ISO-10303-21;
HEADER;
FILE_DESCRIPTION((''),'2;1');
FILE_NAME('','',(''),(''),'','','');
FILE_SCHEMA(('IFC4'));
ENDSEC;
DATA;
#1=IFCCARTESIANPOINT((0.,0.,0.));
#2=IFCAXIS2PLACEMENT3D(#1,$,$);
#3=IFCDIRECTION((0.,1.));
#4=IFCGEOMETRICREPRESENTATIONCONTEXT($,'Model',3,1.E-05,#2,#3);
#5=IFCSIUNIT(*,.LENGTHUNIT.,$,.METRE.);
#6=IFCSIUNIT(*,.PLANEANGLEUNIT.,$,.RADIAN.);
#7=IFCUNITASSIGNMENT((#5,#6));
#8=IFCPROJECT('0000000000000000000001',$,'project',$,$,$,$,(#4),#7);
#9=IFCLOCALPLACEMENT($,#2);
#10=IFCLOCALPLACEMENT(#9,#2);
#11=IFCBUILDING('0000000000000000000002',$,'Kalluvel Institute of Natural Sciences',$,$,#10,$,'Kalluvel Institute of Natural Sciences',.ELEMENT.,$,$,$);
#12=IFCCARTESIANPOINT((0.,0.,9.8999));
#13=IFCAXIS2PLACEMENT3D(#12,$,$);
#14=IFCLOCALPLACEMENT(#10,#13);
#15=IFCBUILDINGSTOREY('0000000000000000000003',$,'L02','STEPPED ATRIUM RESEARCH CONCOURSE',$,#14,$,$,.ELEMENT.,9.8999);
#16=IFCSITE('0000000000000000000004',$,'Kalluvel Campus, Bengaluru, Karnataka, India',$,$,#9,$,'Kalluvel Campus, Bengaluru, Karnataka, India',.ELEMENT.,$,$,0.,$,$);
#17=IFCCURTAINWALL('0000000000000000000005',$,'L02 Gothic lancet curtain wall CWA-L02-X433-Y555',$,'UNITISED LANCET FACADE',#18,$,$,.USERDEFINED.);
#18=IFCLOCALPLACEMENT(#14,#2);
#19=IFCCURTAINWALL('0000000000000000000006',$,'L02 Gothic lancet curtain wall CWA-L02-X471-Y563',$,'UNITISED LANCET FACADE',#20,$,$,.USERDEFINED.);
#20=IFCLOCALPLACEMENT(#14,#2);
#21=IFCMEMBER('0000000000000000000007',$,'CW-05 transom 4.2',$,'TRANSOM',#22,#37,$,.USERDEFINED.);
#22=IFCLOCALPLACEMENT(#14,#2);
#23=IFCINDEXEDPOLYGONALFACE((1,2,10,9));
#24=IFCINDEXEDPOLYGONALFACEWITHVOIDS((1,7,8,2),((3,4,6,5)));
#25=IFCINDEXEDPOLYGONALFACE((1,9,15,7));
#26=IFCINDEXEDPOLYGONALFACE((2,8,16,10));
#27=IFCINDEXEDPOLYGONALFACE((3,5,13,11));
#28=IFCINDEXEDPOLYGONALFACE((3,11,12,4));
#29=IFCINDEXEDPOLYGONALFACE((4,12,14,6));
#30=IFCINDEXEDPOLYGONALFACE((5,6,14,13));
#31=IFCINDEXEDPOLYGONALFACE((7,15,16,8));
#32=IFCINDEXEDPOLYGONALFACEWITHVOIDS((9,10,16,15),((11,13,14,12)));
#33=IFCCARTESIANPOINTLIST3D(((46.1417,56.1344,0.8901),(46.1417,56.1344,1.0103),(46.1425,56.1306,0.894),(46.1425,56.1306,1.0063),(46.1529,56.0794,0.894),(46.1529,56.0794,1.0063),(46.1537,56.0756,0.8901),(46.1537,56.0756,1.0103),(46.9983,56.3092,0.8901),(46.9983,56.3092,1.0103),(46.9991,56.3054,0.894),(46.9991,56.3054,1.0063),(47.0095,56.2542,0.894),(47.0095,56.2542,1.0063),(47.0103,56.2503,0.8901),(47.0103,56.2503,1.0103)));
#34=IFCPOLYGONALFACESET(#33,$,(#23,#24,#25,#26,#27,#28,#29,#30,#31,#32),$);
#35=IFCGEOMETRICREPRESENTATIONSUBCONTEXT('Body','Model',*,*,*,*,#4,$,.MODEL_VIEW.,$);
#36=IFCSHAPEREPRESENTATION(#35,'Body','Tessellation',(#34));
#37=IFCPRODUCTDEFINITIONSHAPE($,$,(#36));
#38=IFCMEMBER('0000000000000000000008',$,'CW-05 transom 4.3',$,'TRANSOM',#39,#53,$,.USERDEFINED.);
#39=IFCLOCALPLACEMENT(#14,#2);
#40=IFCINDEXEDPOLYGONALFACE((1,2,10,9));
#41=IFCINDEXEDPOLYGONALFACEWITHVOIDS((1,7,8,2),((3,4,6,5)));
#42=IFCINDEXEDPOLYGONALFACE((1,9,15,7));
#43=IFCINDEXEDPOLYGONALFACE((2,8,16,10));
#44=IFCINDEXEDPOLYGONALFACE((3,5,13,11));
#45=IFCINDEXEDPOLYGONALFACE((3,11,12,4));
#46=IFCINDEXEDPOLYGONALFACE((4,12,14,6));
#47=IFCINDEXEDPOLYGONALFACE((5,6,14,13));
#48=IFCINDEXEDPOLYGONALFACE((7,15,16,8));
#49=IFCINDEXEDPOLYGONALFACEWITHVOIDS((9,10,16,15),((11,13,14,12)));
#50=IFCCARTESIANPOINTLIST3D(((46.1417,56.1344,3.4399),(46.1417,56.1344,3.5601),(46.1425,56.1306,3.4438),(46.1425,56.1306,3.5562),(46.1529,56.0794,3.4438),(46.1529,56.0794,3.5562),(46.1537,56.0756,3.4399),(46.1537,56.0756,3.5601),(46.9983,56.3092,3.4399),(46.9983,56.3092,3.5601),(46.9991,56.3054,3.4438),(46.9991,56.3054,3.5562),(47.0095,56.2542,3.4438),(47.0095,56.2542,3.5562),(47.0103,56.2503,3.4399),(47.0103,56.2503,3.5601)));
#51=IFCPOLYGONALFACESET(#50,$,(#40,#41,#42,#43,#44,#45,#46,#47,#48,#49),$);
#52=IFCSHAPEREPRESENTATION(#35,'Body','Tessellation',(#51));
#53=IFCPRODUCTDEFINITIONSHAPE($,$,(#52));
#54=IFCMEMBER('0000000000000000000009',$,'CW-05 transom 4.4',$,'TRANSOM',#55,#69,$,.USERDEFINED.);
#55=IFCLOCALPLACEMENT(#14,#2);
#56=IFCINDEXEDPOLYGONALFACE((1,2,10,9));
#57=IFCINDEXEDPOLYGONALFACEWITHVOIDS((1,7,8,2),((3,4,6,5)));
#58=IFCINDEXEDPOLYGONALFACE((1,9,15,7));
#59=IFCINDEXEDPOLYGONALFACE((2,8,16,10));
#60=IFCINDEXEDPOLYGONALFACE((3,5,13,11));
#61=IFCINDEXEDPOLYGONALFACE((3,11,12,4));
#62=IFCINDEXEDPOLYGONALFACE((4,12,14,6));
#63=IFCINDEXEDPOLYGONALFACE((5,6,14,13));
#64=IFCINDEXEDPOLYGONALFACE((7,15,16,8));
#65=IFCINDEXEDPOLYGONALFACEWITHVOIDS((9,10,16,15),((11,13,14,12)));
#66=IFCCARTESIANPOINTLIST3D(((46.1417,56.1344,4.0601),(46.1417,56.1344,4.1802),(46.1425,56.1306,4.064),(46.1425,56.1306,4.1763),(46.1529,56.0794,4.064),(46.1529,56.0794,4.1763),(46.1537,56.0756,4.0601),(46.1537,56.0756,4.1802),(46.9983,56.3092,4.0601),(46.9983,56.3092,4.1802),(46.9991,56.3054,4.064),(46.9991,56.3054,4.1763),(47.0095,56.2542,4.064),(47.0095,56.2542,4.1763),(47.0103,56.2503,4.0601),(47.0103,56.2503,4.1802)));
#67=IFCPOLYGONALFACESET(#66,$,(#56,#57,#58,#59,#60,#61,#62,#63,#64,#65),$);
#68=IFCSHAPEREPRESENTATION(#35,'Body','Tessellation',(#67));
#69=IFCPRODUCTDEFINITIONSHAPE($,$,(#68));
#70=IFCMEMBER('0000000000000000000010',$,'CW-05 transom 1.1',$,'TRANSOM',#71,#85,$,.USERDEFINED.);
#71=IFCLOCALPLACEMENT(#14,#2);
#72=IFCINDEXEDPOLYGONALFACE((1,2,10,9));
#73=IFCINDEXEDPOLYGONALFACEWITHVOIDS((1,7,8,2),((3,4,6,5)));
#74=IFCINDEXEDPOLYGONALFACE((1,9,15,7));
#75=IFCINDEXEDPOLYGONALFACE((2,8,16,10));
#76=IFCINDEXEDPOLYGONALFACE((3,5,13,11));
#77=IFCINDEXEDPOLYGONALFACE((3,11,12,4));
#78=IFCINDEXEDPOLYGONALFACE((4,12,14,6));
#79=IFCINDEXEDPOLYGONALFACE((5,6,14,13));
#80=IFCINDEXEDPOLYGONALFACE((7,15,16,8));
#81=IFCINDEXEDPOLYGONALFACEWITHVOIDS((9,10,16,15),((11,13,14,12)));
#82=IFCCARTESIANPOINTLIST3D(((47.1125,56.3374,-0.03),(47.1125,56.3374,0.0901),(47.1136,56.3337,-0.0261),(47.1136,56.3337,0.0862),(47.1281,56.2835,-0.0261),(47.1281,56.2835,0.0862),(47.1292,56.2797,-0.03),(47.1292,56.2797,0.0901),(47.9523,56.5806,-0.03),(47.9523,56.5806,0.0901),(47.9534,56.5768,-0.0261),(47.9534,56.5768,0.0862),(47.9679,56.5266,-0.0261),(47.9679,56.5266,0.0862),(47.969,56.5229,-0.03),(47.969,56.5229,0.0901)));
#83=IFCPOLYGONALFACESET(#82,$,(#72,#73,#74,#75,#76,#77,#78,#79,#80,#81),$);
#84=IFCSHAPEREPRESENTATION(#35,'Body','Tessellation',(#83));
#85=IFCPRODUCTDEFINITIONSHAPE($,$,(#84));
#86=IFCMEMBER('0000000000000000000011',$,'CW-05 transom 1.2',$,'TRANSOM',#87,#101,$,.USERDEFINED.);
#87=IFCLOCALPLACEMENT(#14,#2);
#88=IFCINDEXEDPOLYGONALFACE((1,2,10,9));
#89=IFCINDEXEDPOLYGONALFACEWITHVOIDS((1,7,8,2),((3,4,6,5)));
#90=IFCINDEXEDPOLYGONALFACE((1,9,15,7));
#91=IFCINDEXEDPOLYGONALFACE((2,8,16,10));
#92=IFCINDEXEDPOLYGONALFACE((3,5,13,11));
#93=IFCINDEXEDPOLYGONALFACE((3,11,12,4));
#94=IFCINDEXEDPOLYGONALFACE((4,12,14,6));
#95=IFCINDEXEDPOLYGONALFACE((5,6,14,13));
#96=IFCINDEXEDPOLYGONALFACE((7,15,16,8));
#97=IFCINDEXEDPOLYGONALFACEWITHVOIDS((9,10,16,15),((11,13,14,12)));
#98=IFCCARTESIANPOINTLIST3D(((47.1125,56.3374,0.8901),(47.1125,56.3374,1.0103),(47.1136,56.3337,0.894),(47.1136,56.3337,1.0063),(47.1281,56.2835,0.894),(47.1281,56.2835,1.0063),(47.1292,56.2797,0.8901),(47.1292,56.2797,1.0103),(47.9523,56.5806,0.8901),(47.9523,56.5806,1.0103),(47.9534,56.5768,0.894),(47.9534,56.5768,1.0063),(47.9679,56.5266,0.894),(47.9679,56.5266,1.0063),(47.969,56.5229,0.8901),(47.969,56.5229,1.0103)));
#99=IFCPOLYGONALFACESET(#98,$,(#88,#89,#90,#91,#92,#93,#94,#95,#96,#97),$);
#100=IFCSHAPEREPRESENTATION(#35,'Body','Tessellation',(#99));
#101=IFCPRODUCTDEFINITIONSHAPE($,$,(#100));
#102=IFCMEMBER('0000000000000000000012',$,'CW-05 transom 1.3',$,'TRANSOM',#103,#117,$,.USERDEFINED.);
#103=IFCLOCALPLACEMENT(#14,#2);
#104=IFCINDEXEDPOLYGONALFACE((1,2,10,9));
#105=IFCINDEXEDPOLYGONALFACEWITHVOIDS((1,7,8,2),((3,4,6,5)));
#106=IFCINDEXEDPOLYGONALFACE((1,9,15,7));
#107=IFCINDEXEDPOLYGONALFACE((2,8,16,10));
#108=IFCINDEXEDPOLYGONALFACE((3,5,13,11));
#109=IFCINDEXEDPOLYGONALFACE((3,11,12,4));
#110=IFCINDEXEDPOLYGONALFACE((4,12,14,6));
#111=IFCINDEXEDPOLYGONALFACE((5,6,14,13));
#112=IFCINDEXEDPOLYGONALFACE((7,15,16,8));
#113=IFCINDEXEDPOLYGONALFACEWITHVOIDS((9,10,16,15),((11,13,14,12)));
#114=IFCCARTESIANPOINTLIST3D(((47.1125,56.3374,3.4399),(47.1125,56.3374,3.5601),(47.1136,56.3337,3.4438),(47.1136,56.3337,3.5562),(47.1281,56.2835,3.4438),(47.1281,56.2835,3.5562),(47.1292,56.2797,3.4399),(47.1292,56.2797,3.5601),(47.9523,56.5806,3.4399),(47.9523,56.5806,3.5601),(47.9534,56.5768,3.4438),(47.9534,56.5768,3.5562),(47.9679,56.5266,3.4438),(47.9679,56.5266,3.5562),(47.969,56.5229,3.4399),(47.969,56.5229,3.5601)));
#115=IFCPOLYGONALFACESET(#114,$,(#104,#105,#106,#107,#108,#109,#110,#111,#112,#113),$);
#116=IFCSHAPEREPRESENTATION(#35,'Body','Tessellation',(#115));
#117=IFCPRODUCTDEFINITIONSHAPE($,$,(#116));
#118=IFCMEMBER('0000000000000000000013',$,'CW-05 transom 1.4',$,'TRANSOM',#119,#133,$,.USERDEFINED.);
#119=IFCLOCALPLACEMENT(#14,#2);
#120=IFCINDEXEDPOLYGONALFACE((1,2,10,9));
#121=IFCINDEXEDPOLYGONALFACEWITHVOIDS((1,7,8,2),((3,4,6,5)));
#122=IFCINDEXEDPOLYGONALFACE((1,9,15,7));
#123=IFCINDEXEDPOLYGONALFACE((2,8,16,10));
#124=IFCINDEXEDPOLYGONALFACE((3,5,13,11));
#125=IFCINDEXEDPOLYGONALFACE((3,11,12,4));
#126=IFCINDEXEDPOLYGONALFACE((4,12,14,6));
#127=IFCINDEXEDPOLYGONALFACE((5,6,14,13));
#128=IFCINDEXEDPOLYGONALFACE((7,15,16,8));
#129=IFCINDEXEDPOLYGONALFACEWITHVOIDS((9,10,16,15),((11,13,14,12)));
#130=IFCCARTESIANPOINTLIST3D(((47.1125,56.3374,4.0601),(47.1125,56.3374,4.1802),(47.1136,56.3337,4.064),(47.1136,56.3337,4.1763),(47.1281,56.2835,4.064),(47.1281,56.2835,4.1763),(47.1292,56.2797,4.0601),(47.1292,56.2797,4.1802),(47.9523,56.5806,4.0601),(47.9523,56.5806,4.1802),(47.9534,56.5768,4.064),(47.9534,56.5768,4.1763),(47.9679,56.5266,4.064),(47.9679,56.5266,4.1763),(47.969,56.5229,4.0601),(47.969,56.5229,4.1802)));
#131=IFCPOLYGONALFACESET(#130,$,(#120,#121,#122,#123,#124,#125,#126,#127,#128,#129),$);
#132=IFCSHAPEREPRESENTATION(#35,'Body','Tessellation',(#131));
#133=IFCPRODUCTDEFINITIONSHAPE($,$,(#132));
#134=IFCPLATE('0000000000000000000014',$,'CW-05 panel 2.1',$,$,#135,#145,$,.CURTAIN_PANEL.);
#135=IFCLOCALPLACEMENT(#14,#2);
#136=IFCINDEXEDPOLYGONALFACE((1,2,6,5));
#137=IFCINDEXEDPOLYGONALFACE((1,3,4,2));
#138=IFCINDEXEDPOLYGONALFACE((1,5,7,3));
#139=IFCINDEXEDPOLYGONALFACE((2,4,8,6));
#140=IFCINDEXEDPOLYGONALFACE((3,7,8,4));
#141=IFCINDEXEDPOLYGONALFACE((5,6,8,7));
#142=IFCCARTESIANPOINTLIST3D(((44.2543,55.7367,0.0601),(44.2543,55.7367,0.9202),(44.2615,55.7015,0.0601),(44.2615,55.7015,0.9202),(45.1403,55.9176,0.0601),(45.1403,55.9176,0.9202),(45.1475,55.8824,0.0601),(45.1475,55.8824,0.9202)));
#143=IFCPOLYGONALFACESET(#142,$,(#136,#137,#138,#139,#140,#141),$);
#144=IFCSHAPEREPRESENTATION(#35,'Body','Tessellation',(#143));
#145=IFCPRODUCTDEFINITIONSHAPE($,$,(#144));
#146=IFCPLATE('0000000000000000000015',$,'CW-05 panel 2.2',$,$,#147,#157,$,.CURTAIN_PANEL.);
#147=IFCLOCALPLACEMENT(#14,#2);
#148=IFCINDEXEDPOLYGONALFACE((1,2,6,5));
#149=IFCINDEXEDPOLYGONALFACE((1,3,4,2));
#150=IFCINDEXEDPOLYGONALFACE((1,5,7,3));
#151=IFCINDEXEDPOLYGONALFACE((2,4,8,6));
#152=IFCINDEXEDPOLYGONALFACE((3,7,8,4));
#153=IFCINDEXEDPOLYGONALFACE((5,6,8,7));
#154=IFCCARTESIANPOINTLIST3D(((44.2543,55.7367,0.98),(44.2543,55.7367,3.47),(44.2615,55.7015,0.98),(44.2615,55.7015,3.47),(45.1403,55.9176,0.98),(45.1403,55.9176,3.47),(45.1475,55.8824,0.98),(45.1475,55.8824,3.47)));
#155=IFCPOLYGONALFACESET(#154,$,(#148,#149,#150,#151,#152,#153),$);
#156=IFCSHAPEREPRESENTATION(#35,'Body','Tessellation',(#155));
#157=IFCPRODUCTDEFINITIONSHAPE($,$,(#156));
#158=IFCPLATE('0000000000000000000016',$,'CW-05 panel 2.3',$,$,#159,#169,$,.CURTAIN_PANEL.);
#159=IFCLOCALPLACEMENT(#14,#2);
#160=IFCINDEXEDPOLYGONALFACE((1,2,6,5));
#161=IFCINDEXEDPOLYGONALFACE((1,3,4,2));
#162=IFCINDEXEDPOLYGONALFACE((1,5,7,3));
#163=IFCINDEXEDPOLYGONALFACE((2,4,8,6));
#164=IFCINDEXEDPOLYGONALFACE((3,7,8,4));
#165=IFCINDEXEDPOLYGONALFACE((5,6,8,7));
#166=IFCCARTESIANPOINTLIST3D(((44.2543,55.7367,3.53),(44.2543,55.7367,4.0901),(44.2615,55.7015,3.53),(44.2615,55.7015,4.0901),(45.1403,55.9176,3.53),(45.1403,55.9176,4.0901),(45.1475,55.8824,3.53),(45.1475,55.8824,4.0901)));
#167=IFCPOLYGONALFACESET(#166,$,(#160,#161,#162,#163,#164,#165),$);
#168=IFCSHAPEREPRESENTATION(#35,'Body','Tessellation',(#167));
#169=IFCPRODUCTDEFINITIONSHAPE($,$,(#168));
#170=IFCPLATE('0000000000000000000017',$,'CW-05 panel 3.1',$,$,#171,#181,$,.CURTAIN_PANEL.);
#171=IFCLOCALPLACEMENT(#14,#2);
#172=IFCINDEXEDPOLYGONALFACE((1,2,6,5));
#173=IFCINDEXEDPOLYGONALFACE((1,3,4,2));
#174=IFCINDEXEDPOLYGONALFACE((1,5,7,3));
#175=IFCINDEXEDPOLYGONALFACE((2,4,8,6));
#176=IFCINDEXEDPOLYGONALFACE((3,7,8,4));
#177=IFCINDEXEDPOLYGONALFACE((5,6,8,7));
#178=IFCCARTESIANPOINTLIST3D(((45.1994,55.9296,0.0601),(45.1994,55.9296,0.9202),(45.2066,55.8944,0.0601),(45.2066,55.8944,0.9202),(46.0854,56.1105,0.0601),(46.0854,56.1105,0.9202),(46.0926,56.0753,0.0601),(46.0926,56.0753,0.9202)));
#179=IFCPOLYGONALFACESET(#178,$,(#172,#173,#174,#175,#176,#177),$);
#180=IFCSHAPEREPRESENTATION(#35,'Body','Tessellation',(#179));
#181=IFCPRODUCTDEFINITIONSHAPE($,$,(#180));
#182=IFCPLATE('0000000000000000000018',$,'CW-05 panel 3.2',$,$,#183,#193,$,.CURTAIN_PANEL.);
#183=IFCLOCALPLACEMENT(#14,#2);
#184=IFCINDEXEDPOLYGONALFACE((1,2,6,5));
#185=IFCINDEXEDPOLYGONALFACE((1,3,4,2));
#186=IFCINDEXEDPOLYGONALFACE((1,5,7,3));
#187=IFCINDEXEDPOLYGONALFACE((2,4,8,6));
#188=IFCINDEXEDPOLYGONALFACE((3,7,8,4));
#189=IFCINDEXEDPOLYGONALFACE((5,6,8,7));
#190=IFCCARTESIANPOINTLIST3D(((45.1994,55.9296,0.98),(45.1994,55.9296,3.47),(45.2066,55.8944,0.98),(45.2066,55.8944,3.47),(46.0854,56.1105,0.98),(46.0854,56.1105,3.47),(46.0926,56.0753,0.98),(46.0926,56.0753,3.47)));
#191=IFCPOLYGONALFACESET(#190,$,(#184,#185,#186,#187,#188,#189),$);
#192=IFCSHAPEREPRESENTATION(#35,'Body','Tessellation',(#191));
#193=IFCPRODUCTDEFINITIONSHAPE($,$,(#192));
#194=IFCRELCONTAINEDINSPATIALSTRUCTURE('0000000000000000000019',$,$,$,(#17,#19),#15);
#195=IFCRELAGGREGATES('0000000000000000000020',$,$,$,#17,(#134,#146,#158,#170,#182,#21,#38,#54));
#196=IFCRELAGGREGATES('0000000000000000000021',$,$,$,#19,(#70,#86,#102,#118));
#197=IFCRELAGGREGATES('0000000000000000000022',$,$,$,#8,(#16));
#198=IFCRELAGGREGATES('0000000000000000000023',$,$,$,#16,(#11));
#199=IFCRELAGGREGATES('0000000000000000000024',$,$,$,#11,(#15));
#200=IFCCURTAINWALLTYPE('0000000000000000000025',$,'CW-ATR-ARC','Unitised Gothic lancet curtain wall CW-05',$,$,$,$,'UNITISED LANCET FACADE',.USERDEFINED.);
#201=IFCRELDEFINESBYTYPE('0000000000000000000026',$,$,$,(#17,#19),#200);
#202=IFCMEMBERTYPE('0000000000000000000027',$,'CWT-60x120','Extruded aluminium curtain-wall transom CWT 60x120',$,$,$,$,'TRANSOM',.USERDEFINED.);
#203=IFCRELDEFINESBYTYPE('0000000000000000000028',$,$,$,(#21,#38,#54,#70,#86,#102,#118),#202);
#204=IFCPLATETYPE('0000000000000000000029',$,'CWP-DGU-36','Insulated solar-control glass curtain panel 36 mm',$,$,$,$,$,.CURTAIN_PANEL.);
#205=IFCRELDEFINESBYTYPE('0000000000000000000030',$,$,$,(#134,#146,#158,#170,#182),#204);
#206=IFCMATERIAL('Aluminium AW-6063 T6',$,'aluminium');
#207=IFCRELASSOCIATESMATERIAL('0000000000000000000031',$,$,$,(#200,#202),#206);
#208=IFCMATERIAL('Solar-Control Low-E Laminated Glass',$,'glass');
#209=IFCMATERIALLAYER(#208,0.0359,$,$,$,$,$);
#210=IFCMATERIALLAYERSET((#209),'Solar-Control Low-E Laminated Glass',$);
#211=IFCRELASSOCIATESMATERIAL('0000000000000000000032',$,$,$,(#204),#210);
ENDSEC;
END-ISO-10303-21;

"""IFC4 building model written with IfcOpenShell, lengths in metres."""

from ifc_helpers import new_model, si_unit, direction, frame, origin, origin_2d, place, context, subcontext, project, spatial, rectangle, hollow_rectangle, extrude, material, layer, layer_set, material_profile, profile_set, type_object, element, aggregate, save


model = new_model("IFC4")

# Units and contexts
model_context = context("Model", 3, precision=1e-05, world=origin(), true_north=direction((0.0, 1.0)))
body_context = subcontext(model_context, "Body", "Model", "MODEL_VIEW")
ifc_project = project(units=[si_unit("LENGTHUNIT", "METRE"), si_unit("PLANEANGLEUNIT", "RADIAN")], contexts=[model_context])

# Site, building, storey
site_placement = place(None, origin())
site = spatial("IfcSite", under=ifc_project, at=site_placement, Name="Kalluvel Campus, Bengaluru, Karnataka, India", LongName="Kalluvel Campus, Bengaluru, Karnataka, India", CompositionType="ELEMENT", RefElevation=0.0)
building_placement = place(site_placement, origin())
building = spatial("IfcBuilding", under=site, at=building_placement, Name="Kalluvel Institute of Natural Sciences", LongName="Kalluvel Institute of Natural Sciences", CompositionType="ELEMENT")
storey_placement = place(building_placement, frame((0.0, 0.0, 9.8999)))
storey = spatial("IfcBuildingStorey", under=building, at=storey_placement, Name="L02", Description="STEPPED ATRIUM RESEARCH CONCOURSE", CompositionType="ELEMENT", Elevation=9.8999)

# Curtain wall
ifc_material_1 = material(Name="Aluminium AW-6063 T6", Category="aluminium")
curtain_wall_type = type_object("IfcCurtainWallType", Name="CW-ATR-ARC", Description="Unitised Gothic lancet curtain wall CW-05", ElementType="UNITISED LANCET FACADE", PredefinedType="USERDEFINED", material=ifc_material_1)
curtain_wall_1_placement = place(storey_placement, origin())
curtain_wall_1 = element("IfcCurtainWall", 1, at=curtain_wall_1_placement, inside=storey, type_object=curtain_wall_type, Name="L02 Gothic lancet curtain wall CWA-L02-X433-Y555", ObjectType="UNITISED LANCET FACADE", PredefinedType="USERDEFINED")

# Curtain wall
curtain_wall_2_placement = place(storey_placement, origin())
curtain_wall_2 = element("IfcCurtainWall", 2, at=curtain_wall_2_placement, inside=storey, type_object=curtain_wall_type, Name="L02 Gothic lancet curtain wall CWA-L02-X471-Y563", ObjectType="UNITISED LANCET FACADE", PredefinedType="USERDEFINED")

# Members
ifc_material_profile_1 = material_profile(ifc_material_1, hollow_rectangle(XDim=0.0601, YDim=0.1201, WallThickness=0.0039, at=origin_2d()), Name="CWT 60x120")
ifc_profile_set_1 = profile_set([ifc_material_profile_1], Name="Aluminium AW-6063 T6")
member_type_1 = type_object("IfcMemberType", Name="CWT-60x120", Description="Extruded aluminium curtain-wall transom CWT 60x120", ElementType="TRANSOM", PredefinedType="USERDEFINED", material=ifc_profile_set_1)
member_1_placement = place(storey_placement, frame((46.1477, 56.105, 0.9502), z_axis=(0.979811, 0.199927, 0.0), x_axis=(-0.199927, 0.979811, 0.0)))
member_1 = element("IfcMember", 3, at=member_1_placement, type_object=member_type_1, Name="CW-05 transom 4.2", ObjectType="TRANSOM", PredefinedType="USERDEFINED", context=body_context, shape_type="SweptSolid", body=[
    extrude(hollow_rectangle(XDim=0.0601, YDim=0.1201, WallThickness=0.0039, at=origin_2d()), origin(), (0.0, 0.0, 1.0), 0.8743),
])
member_2_placement = place(storey_placement, frame((46.1477, 56.105, 3.5), z_axis=(0.979811, 0.199927, 0.0), x_axis=(-0.199927, 0.979811, 0.0)))
member_2 = element("IfcMember", 4, at=member_2_placement, type_object=member_type_1, Name="CW-05 transom 4.3", ObjectType="TRANSOM", PredefinedType="USERDEFINED", context=body_context, shape_type="SweptSolid", body=[
    extrude(hollow_rectangle(XDim=0.0601, YDim=0.1201, WallThickness=0.0039, at=origin_2d()), origin(), (0.0, 0.0, 1.0), 0.8743),
])
member_3_placement = place(storey_placement, frame((46.1477, 56.105, 4.1201), z_axis=(0.979811, 0.199927, 0.0), x_axis=(-0.199927, 0.979811, 0.0)))
member_3 = element("IfcMember", 5, at=member_3_placement, type_object=member_type_1, Name="CW-05 transom 4.4", ObjectType="TRANSOM", PredefinedType="USERDEFINED", context=body_context, shape_type="SweptSolid", body=[
    extrude(hollow_rectangle(XDim=0.0601, YDim=0.1201, WallThickness=0.0039, at=origin_2d()), origin(), (0.0, 0.0, 1.0), 0.8743),
])
member_4_placement = place(storey_placement, frame((47.1208, 56.3086, 0.03), z_axis=(0.960549, 0.278112, 0.0), x_axis=(-0.278112, 0.960549, 0.0)))
member_4 = element("IfcMember", 6, at=member_4_placement, type_object=member_type_1, Name="CW-05 transom 1.1", ObjectType="TRANSOM", PredefinedType="USERDEFINED", context=body_context, shape_type="SweptSolid", body=[
    extrude(hollow_rectangle(XDim=0.0601, YDim=0.1201, WallThickness=0.0039, at=origin_2d()), origin(), (0.0, 0.0, 1.0), 0.8743),
])
member_5_placement = place(storey_placement, frame((47.1208, 56.3086, 0.9502), z_axis=(0.960549, 0.278112, 0.0), x_axis=(-0.278112, 0.960549, 0.0)))
member_5 = element("IfcMember", 7, at=member_5_placement, type_object=member_type_1, Name="CW-05 transom 1.2", ObjectType="TRANSOM", PredefinedType="USERDEFINED", context=body_context, shape_type="SweptSolid", body=[
    extrude(hollow_rectangle(XDim=0.0601, YDim=0.1201, WallThickness=0.0039, at=origin_2d()), origin(), (0.0, 0.0, 1.0), 0.8743),
])
member_6_placement = place(storey_placement, frame((47.1208, 56.3086, 3.5), z_axis=(0.960549, 0.278112, 0.0), x_axis=(-0.278112, 0.960549, 0.0)))
member_6 = element("IfcMember", 8, at=member_6_placement, type_object=member_type_1, Name="CW-05 transom 1.3", ObjectType="TRANSOM", PredefinedType="USERDEFINED", context=body_context, shape_type="SweptSolid", body=[
    extrude(hollow_rectangle(XDim=0.0601, YDim=0.1201, WallThickness=0.0039, at=origin_2d()), origin(), (0.0, 0.0, 1.0), 0.8743),
])
member_7_placement = place(storey_placement, frame((47.1208, 56.3086, 4.1201), z_axis=(0.960549, 0.278112, 0.0), x_axis=(-0.278112, 0.960549, 0.0)))
member_7 = element("IfcMember", 9, at=member_7_placement, type_object=member_type_1, Name="CW-05 transom 1.4", ObjectType="TRANSOM", PredefinedType="USERDEFINED", context=body_context, shape_type="SweptSolid", body=[
    extrude(hollow_rectangle(XDim=0.0601, YDim=0.1201, WallThickness=0.0039, at=origin_2d()), origin(), (0.0, 0.0, 1.0), 0.8743),
])

# Plates
ifc_material_2 = material(Name="Solar-Control Low-E Laminated Glass", Category="glass")
ifc_layer = layer(ifc_material_2, 0.0359)
ifc_layer_set = layer_set([ifc_layer], Name="Solar-Control Low-E Laminated Glass")
plate_type = type_object("IfcPlateType", Name="CWP-DGU-36", Description="Insulated solar-control glass curtain panel 36 mm", PredefinedType="CURTAIN_PANEL", material=ifc_layer_set)
plate_1_placement = place(storey_placement, frame((44.7009, 55.8096, 0.0601), z_axis=(0.0, 0.0, 1.0), x_axis=(0.97979, 0.200028, 0.0)))
plate_1 = element("IfcPlate", 10, at=plate_1_placement, type_object=plate_type, Name="CW-05 panel 2.1", PredefinedType="CURTAIN_PANEL", context=body_context, shape_type="SweptSolid", body=[
    extrude(rectangle(XDim=0.9043, YDim=0.0359, at=origin_2d()), origin(), (0.0, 0.0, 1.0), 0.8601),
])
plate_2_placement = place(storey_placement, frame((44.7009, 55.8096, 0.98), z_axis=(0.0, 0.0, 1.0), x_axis=(0.97979, 0.200028, 0.0)))
plate_2 = element("IfcPlate", 11, at=plate_2_placement, type_object=plate_type, Name="CW-05 panel 2.2", PredefinedType="CURTAIN_PANEL", context=body_context, shape_type="SweptSolid", body=[
    extrude(rectangle(XDim=0.9043, YDim=0.0359, at=origin_2d()), origin(), (0.0, 0.0, 1.0), 2.49),
])
plate_3_placement = place(storey_placement, frame((44.7009, 55.8096, 3.53), z_axis=(0.0, 0.0, 1.0), x_axis=(0.97979, 0.200028, 0.0)))
plate_3 = element("IfcPlate", 12, at=plate_3_placement, type_object=plate_type, Name="CW-05 panel 2.3", PredefinedType="CURTAIN_PANEL", context=body_context, shape_type="SweptSolid", body=[
    extrude(rectangle(XDim=0.9043, YDim=0.0359, at=origin_2d()), origin(), (0.0, 0.0, 1.0), 0.5601),
])
plate_4_placement = place(storey_placement, frame((45.646, 56.0024, 0.0601), z_axis=(0.0, 0.0, 1.0), x_axis=(0.97979, 0.200028, 0.0)))
plate_4 = element("IfcPlate", 13, at=plate_4_placement, type_object=plate_type, Name="CW-05 panel 3.1", PredefinedType="CURTAIN_PANEL", context=body_context, shape_type="SweptSolid", body=[
    extrude(rectangle(XDim=0.9043, YDim=0.0359, at=origin_2d()), origin(), (0.0, 0.0, 1.0), 0.8601),
])
plate_5_placement = place(storey_placement, frame((45.646, 56.0024, 0.98), z_axis=(0.0, 0.0, 1.0), x_axis=(0.97979, 0.200028, 0.0)))
plate_5 = element("IfcPlate", 14, at=plate_5_placement, type_object=plate_type, Name="CW-05 panel 3.2", PredefinedType="CURTAIN_PANEL", context=body_context, shape_type="SweptSolid", body=[
    extrude(rectangle(XDim=0.9043, YDim=0.0359, at=origin_2d()), origin(), (0.0, 0.0, 1.0), 2.49),
])
aggregate(curtain_wall_1, [plate_1, plate_2, plate_3, plate_4, plate_5, member_1, member_2, member_3])
aggregate(curtain_wall_2, [member_4, member_5, member_6, member_7])

save(model, "model.ifc")
